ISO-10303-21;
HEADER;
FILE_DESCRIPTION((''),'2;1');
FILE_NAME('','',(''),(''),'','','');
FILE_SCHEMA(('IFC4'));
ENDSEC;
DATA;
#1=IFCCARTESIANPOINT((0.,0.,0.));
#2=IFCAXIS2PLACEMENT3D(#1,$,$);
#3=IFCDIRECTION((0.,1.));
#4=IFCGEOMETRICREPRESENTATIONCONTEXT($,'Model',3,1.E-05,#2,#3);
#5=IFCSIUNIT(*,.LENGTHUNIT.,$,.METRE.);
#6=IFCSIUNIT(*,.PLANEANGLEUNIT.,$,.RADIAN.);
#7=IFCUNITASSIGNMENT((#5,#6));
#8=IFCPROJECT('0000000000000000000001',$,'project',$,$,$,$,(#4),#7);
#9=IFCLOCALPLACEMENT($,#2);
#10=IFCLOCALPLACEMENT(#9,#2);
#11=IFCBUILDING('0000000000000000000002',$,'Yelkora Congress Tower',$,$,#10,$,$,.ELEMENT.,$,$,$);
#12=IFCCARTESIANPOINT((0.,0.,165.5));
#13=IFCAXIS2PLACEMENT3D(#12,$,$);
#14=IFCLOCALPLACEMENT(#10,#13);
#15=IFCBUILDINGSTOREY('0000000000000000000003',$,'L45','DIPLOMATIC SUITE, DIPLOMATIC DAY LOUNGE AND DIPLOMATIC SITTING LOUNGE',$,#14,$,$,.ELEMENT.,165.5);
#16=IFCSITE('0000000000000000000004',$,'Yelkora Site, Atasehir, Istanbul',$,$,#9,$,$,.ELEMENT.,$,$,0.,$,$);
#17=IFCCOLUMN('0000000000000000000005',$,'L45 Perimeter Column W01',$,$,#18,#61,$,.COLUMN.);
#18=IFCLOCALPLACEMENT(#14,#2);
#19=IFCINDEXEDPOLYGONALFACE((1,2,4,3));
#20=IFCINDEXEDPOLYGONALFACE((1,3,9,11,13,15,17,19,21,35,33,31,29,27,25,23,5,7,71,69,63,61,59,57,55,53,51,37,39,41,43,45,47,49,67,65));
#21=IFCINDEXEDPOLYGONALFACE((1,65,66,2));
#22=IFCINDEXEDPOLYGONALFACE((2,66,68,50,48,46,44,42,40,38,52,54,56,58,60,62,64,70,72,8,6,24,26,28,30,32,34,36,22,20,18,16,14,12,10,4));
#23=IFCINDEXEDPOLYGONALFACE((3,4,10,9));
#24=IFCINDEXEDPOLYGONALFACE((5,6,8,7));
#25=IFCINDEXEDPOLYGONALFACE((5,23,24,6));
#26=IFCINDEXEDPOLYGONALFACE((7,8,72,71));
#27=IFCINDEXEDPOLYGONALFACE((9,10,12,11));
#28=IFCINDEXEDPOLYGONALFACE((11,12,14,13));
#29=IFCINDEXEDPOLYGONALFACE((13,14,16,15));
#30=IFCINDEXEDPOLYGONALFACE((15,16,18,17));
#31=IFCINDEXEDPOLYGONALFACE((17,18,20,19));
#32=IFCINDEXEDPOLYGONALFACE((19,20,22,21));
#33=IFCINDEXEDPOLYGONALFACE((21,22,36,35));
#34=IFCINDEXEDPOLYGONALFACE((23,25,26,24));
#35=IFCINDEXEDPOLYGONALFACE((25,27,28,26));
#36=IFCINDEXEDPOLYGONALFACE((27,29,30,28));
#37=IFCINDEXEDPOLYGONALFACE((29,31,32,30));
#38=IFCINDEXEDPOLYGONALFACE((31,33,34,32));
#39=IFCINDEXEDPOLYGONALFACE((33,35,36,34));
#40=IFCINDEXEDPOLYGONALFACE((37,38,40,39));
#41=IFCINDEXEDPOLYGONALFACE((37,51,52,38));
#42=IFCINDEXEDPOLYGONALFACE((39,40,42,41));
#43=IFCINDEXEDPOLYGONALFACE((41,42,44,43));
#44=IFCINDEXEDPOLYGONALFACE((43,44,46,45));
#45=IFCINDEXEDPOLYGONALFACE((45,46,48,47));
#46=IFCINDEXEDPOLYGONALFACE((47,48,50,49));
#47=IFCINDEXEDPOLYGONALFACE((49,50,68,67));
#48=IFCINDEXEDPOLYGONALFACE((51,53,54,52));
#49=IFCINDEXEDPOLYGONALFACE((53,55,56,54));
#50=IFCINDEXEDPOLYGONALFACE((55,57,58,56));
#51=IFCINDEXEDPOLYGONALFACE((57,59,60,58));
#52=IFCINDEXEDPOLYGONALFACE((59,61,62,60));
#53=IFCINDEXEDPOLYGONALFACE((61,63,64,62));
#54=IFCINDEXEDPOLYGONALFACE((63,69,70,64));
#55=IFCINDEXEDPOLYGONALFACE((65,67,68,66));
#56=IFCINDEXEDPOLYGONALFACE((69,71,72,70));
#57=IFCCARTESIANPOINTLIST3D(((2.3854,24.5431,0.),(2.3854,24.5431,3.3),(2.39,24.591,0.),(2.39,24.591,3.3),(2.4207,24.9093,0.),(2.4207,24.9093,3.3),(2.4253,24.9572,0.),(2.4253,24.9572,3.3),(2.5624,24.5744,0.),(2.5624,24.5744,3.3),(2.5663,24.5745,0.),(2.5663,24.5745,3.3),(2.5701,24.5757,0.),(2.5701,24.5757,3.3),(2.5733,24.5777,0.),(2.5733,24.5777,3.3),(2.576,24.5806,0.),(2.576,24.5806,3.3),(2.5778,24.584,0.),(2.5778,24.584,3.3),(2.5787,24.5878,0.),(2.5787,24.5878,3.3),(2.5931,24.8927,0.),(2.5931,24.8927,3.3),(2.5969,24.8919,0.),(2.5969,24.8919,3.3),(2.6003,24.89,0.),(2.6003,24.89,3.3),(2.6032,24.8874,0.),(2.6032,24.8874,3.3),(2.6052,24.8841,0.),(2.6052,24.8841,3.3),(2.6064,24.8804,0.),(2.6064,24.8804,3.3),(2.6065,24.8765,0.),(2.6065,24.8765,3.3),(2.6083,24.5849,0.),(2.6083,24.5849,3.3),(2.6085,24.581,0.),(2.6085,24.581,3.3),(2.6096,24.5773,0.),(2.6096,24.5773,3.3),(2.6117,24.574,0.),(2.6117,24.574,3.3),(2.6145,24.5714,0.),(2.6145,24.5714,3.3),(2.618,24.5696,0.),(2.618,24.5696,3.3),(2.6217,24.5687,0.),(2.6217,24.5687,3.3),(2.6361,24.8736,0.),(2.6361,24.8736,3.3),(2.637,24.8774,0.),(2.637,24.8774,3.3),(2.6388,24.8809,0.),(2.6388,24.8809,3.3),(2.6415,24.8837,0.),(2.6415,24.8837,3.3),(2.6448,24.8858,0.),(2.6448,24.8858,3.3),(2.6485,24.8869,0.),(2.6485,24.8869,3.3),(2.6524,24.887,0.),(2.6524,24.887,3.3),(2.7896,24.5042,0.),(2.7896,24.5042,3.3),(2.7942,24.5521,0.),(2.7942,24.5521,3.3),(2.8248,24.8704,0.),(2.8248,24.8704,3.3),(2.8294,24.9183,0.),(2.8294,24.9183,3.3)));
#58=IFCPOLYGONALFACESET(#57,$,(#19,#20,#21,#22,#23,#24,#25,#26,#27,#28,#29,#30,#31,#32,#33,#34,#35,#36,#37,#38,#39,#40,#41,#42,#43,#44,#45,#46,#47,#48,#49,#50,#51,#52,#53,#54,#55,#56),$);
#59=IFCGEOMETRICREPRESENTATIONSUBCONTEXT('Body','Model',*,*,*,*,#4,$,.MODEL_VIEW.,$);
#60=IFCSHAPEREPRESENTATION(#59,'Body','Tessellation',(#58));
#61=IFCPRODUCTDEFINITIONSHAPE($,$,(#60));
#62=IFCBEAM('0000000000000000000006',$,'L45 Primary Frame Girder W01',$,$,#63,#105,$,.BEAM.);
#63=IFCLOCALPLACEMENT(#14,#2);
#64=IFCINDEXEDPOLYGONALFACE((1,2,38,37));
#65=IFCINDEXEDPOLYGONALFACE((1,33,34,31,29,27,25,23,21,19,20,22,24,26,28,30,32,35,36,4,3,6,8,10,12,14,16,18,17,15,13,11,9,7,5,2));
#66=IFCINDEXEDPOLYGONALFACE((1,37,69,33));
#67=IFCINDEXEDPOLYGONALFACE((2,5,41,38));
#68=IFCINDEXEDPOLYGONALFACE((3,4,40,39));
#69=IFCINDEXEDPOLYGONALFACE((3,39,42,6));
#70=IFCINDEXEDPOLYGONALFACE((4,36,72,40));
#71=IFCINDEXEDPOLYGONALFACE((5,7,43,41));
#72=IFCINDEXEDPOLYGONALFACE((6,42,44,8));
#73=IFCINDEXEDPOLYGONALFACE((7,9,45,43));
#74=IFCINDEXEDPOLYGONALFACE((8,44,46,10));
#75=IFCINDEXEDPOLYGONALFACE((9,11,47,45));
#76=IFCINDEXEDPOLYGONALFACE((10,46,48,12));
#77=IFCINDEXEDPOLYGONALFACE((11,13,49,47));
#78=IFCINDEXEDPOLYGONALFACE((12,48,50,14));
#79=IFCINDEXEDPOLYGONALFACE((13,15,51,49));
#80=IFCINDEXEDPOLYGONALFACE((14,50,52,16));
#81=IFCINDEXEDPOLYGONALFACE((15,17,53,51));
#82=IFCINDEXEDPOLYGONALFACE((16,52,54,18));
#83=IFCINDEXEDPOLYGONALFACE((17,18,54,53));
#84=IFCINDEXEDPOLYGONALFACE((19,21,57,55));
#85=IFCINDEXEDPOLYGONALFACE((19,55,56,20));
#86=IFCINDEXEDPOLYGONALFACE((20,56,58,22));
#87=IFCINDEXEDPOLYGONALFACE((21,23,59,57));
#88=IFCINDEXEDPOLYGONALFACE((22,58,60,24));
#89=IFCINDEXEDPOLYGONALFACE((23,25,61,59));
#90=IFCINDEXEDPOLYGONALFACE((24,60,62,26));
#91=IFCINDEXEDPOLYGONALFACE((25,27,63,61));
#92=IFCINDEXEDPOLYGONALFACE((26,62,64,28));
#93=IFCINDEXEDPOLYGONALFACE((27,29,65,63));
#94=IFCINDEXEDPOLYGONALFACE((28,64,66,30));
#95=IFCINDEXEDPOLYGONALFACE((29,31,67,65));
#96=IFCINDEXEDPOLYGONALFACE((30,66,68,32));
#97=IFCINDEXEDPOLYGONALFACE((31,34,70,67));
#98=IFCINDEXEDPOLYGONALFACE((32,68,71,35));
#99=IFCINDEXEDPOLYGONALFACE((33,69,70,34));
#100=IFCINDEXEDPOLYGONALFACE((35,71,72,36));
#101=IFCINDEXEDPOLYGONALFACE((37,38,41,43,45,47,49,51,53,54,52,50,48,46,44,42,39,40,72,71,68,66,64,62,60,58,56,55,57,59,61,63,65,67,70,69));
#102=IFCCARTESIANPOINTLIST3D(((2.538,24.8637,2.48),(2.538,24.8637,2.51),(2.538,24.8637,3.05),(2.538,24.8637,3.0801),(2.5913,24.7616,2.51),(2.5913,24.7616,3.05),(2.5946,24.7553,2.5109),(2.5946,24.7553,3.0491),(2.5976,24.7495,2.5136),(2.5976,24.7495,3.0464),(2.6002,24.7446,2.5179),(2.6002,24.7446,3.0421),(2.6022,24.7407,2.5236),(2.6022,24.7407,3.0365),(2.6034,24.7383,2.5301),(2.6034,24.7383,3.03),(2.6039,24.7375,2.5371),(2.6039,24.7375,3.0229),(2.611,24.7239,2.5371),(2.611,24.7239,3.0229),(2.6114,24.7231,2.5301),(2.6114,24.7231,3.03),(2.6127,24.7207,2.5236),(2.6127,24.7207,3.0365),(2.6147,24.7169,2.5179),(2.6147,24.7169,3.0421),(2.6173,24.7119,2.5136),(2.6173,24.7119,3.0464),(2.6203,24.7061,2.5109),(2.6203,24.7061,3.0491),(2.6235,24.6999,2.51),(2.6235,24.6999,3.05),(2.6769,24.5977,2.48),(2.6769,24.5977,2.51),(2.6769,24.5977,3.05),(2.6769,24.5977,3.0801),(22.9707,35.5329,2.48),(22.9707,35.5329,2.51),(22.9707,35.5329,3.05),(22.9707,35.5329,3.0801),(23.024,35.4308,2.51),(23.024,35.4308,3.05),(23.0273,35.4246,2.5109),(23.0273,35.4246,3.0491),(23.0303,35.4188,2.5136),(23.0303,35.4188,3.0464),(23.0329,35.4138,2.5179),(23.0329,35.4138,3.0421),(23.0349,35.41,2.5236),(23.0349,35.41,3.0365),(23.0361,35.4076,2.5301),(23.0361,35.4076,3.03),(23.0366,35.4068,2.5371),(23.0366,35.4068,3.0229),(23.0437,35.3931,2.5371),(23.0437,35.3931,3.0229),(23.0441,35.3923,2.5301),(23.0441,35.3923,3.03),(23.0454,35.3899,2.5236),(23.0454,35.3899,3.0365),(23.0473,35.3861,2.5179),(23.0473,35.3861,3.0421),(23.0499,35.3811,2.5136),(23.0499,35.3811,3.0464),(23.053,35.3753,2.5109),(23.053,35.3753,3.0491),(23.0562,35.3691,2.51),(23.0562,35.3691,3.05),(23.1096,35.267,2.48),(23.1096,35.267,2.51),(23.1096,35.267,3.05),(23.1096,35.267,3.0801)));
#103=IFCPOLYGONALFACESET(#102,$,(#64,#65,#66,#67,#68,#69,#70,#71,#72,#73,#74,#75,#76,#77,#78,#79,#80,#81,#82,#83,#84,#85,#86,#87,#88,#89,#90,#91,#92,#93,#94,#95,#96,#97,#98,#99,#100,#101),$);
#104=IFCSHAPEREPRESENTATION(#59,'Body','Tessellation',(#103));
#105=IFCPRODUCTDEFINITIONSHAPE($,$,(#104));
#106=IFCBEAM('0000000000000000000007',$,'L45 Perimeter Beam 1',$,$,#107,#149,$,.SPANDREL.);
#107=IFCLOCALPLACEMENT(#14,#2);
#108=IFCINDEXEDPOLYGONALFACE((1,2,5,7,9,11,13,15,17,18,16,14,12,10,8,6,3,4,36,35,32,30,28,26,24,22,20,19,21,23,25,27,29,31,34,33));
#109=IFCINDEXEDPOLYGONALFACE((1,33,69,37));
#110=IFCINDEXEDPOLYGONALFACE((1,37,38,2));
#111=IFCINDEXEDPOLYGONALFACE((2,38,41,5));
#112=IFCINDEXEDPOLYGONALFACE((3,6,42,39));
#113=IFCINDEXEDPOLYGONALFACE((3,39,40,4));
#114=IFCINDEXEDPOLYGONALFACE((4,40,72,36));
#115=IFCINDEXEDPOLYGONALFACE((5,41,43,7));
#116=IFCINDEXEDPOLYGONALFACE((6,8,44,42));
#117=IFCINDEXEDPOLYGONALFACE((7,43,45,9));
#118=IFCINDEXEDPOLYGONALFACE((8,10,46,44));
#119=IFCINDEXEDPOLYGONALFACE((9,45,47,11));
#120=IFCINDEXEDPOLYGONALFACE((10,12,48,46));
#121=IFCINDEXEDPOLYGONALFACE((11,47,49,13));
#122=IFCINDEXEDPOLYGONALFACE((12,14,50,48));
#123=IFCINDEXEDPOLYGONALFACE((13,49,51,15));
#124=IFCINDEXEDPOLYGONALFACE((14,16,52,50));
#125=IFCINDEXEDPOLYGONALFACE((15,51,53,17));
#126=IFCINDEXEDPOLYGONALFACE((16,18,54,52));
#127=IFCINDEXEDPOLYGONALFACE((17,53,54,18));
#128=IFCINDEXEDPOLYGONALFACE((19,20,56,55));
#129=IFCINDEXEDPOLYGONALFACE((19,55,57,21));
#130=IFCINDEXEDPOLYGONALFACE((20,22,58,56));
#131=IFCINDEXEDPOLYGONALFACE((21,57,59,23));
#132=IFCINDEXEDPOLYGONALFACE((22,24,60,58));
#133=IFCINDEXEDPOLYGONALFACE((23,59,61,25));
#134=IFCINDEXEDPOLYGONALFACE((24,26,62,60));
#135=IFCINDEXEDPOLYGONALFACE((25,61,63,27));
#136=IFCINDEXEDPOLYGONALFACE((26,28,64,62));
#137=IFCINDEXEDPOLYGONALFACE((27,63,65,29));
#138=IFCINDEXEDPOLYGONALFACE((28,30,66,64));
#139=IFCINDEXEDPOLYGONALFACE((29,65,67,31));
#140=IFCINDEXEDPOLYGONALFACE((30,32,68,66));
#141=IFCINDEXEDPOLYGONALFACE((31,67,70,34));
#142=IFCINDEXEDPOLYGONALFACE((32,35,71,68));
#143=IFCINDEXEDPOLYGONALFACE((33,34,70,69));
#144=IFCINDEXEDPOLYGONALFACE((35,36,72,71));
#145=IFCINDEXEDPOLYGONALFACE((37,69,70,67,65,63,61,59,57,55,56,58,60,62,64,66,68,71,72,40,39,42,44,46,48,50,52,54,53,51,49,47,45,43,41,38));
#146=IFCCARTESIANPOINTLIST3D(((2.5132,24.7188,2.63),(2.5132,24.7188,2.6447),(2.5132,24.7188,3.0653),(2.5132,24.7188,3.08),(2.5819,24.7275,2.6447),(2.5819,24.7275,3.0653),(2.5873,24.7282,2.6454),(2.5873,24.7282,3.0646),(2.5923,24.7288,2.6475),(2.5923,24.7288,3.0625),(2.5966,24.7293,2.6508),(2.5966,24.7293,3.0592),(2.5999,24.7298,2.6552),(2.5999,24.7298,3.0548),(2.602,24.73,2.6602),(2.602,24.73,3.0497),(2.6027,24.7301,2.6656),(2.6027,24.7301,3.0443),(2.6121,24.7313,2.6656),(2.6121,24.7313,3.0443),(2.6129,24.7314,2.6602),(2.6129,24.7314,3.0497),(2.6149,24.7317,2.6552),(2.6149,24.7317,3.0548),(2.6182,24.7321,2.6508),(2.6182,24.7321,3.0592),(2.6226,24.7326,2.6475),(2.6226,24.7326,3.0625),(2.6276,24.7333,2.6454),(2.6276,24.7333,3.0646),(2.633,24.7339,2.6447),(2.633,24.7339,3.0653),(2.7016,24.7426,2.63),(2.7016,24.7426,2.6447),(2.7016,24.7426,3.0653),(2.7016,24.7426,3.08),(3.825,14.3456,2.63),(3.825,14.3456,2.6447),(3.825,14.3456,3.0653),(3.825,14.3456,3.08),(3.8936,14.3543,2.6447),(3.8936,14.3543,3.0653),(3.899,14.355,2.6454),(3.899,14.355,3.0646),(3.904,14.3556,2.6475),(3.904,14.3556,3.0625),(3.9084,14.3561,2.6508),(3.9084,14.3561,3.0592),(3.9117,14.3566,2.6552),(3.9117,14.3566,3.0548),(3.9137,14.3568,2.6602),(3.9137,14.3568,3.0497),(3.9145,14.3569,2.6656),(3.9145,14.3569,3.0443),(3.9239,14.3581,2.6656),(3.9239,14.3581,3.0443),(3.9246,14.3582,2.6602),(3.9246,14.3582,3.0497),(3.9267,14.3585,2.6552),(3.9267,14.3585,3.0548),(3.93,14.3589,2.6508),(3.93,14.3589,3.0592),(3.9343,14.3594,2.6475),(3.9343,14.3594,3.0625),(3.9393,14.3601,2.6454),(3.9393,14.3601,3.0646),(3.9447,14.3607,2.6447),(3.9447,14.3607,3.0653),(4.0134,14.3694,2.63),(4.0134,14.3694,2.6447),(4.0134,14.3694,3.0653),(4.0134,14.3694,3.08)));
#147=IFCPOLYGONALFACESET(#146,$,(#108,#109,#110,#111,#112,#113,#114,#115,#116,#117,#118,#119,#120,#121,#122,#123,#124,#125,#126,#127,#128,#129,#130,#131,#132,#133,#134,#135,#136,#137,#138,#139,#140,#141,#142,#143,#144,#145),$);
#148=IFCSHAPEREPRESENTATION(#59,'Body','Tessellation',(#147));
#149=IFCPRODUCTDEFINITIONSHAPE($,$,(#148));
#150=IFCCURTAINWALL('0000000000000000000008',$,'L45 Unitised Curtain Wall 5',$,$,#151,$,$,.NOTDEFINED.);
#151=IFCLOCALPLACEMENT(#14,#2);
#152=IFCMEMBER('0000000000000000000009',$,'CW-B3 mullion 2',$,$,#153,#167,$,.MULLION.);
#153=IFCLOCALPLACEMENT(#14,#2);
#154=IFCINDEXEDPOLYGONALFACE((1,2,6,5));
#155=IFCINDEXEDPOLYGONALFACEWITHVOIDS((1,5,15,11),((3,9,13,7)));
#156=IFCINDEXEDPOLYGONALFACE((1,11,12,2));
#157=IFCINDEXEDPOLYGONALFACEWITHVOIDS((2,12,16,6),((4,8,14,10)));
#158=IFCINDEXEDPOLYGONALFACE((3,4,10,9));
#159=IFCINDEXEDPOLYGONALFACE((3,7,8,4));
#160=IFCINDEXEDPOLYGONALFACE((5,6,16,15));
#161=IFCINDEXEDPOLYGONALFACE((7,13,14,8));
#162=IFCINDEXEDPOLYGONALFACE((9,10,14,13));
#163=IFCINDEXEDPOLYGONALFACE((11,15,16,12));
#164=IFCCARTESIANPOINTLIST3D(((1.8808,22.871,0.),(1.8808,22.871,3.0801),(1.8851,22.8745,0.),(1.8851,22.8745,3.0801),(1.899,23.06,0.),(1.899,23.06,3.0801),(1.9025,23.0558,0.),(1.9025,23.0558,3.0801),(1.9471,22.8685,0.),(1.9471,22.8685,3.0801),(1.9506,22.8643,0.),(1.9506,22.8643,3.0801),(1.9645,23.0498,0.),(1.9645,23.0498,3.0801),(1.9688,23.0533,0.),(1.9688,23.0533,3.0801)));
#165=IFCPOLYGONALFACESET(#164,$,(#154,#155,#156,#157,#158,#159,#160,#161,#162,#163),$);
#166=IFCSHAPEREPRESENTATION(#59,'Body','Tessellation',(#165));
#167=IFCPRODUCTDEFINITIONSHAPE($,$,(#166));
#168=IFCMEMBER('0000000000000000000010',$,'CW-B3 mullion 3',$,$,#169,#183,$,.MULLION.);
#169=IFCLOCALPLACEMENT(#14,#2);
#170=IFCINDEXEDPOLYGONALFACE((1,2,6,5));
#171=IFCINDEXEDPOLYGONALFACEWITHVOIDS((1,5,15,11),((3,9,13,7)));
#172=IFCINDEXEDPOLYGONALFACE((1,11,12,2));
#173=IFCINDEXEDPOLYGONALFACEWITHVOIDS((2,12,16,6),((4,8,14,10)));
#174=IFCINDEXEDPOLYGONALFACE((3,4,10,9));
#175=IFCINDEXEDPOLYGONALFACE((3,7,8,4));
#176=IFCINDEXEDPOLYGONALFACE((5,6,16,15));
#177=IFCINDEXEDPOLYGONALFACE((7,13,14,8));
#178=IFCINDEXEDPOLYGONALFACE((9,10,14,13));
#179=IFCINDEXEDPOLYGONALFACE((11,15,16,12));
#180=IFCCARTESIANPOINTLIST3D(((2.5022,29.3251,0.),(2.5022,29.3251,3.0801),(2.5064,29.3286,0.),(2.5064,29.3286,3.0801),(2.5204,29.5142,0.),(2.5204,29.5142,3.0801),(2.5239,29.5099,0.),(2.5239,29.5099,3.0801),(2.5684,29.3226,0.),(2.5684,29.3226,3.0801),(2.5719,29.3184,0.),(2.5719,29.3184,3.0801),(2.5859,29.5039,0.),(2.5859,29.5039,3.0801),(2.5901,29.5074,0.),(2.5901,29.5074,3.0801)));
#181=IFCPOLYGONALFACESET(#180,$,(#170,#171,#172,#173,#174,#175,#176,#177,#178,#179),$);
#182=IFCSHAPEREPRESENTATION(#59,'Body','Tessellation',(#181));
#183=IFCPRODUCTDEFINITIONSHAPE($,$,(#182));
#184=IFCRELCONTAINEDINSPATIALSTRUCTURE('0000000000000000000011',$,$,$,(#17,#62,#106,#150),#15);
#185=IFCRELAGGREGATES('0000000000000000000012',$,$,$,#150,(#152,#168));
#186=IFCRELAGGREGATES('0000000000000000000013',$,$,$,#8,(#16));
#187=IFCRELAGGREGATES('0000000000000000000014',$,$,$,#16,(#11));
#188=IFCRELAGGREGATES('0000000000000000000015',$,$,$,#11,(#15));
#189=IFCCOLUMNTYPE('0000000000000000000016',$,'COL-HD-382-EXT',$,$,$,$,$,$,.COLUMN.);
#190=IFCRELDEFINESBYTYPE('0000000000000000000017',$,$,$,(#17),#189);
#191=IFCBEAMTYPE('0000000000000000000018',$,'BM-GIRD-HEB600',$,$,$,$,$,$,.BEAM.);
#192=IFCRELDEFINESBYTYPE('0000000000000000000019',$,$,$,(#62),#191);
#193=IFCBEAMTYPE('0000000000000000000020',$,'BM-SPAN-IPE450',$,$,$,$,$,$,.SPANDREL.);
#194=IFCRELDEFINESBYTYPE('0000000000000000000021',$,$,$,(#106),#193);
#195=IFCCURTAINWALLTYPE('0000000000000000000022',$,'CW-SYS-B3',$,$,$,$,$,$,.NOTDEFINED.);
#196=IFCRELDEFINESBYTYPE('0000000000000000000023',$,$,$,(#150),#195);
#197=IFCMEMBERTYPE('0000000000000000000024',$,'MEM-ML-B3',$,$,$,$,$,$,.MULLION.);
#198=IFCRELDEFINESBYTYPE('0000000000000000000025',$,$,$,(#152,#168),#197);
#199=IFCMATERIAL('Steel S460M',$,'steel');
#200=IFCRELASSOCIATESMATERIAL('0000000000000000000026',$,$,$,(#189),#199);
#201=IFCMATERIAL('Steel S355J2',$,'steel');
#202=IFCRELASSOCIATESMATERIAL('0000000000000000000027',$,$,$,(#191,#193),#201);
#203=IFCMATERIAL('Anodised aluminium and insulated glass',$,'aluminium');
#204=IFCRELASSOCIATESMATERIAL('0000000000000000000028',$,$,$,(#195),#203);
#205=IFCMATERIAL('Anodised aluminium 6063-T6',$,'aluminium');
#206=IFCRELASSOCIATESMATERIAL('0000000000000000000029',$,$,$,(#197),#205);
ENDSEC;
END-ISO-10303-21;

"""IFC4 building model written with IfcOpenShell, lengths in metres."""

from ifc_helpers import new_model, si_unit, direction, frame, origin, origin_2d, place, context, subcontext, project, spatial, hollow_rectangle, i_section, extrude, material, material_profile, profile_set, type_object, element, aggregate, save


model = new_model("IFC4")

# Units and contexts
model_context = context("Model", 3, precision=1e-05, world=origin(), true_north=direction((0.0, 1.0)))
body_context = subcontext(model_context, "Body", "Model", "MODEL_VIEW")
ifc_project = project(units=[si_unit("LENGTHUNIT", "METRE"), si_unit("PLANEANGLEUNIT", "RADIAN")], contexts=[model_context])

# Site, building, storey
site_placement = place(None, origin())
site = spatial("IfcSite", under=ifc_project, at=site_placement, Name="Yelkora Site, Atasehir, Istanbul", CompositionType="ELEMENT", RefElevation=0.0)
building_placement = place(site_placement, origin())
building = spatial("IfcBuilding", under=site, at=building_placement, Name="Yelkora Congress Tower", CompositionType="ELEMENT")
storey_placement = place(building_placement, frame((0.0, 0.0, 165.5)))
storey = spatial("IfcBuildingStorey", under=building, at=storey_placement, Name="L45", Description="DIPLOMATIC SUITE, DIPLOMATIC DAY LOUNGE AND DIPLOMATIC SITTING LOUNGE", CompositionType="ELEMENT", Elevation=165.5)

# Column
ifc_material_1 = material(Name="Steel S460M", Category="steel")
ifc_material_profile_1 = material_profile(ifc_material_1, i_section(OverallWidth=0.406, OverallDepth=0.416, WebThickness=0.0298, FlangeThickness=0.0481, FilletRadius=0.0149, at=origin_2d()), Name="HD 400x382")
ifc_profile_set_1 = profile_set([ifc_material_profile_1], Name="Steel S460M")
column_type = type_object("IfcColumnType", Name="COL-HD-382-EXT", PredefinedType="COLUMN", material=ifc_profile_set_1)
column_placement = place(storey_placement, frame((2.6074, 24.7307, 0.0), z_axis=(0.0, 0.0, 1.0), x_axis=(0.995396, -0.095846, 0.0)))
element("IfcColumn", 1, at=column_placement, inside=storey, type_object=column_type, Name="L45 Perimeter Column W01", PredefinedType="COLUMN", context=body_context, shape_type="SweptSolid", body=[
    extrude(i_section(OverallWidth=0.406, OverallDepth=0.416, WebThickness=0.0298, FlangeThickness=0.0481, FilletRadius=0.0149, at=origin_2d()), origin(), (0.0, 0.0, 1.0), 3.3),
])

# Beams
ifc_material_2 = material(Name="Steel S355J2", Category="steel")
ifc_material_profile_2 = material_profile(ifc_material_2, i_section(OverallWidth=0.3, OverallDepth=0.6001, WebThickness=0.0154, FlangeThickness=0.03, FilletRadius=0.0271, at=origin_2d()), Name="HEB 600")
ifc_profile_set_2 = profile_set([ifc_material_profile_2], Name="Steel S355J2")
beam_type_1 = type_object("IfcBeamType", Name="BM-GIRD-HEB600", PredefinedType="BEAM", material=ifc_profile_set_2)
beam_1_placement = place(storey_placement, frame((2.6074, 24.7307, 2.78), z_axis=(0.88643, 0.462862, 0.0), x_axis=(-0.462862, 0.88643, 0.0)))
element("IfcBeam", 2, at=beam_1_placement, inside=storey, type_object=beam_type_1, Name="L45 Primary Frame Girder W01", PredefinedType="BEAM", context=body_context, shape_type="SweptSolid", body=[
    extrude(i_section(OverallWidth=0.3, OverallDepth=0.6001, WebThickness=0.0154, FlangeThickness=0.03, FilletRadius=0.0271, at=origin_2d()), origin(), (0.0, 0.0, 1.0), 23.0505),
])
ifc_material_profile_3 = material_profile(ifc_material_2, i_section(OverallWidth=0.1899, OverallDepth=0.45, WebThickness=0.0095, FlangeThickness=0.0146, FilletRadius=0.021, at=origin_2d()), Name="IPE 450")
ifc_profile_set_3 = profile_set([ifc_material_profile_3], Name="Steel S355J2")
beam_type_2 = type_object("IfcBeamType", Name="BM-SPAN-IPE450", PredefinedType="SPANDREL", material=ifc_profile_set_3)
beam_2_placement = place(storey_placement, frame((2.6074, 24.7307, 2.855), z_axis=(0.125457, -0.992099, 0.0), x_axis=(0.992099, 0.125457, 0.0)))
element("IfcBeam", 3, at=beam_2_placement, inside=storey, type_object=beam_type_2, Name="L45 Perimeter Beam 1", PredefinedType="SPANDREL", context=body_context, shape_type="SweptSolid", body=[
    extrude(i_section(OverallWidth=0.1899, OverallDepth=0.45, WebThickness=0.0095, FlangeThickness=0.0146, FilletRadius=0.021, at=origin_2d()), origin(), (0.0, 0.0, 1.0), 10.4558),
])

# Curtain wall, members
ifc_material_3 = material(Name="Anodised aluminium and insulated glass", Category="aluminium")
curtain_wall_type = type_object("IfcCurtainWallType", Name="CW-SYS-B3", PredefinedType="NOTDEFINED", material=ifc_material_3)
curtain_wall_placement = place(storey_placement, origin())
curtain_wall = element("IfcCurtainWall", 4, at=curtain_wall_placement, inside=storey, type_object=curtain_wall_type, Name="L45 Unitised Curtain Wall 5", PredefinedType="NOTDEFINED")
ifc_material_4 = material(Name="Anodised aluminium 6063-T6", Category="aluminium")
ifc_material_profile_4 = material_profile(ifc_material_4, hollow_rectangle(XDim=0.0701, YDim=0.1899, WallThickness=0.0039, at=origin_2d()), Name="ALU 70x190x4")
ifc_profile_set_4 = profile_set([ifc_material_profile_4], Name="Anodised aluminium 6063-T6")
member_type_1 = type_object("IfcMemberType", Name="MEM-ML-B3", PredefinedType="MULLION", material=ifc_profile_set_4)
member_1_placement = place(storey_placement, frame((1.9248, 22.9622, 0.0), z_axis=(0.0, 0.0, 1.0), x_axis=(-0.995396, 0.095845, 0.0)))
member_1 = element("IfcMember", 5, at=member_1_placement, type_object=member_type_1, Name="CW-B3 mullion 2", PredefinedType="MULLION", context=body_context, shape_type="SweptSolid", body=[
    extrude(hollow_rectangle(XDim=0.0701, YDim=0.1899, WallThickness=0.0039, at=origin_2d()), origin(), (0.0, 0.0, 1.0), 3.0801),
])
member_2_placement = place(storey_placement, frame((2.5461, 29.4163, 0.0), z_axis=(0.0, 0.0, 1.0), x_axis=(-0.995396, 0.095845, 0.0)))
member_2 = element("IfcMember", 6, at=member_2_placement, type_object=member_type_1, Name="CW-B3 mullion 3", PredefinedType="MULLION", context=body_context, shape_type="SweptSolid", body=[
    extrude(hollow_rectangle(XDim=0.0701, YDim=0.1899, WallThickness=0.0039, at=origin_2d()), origin(), (0.0, 0.0, 1.0), 3.0801),
])
aggregate(curtain_wall, [member_1, member_2])

save(model, "model.ifc")
